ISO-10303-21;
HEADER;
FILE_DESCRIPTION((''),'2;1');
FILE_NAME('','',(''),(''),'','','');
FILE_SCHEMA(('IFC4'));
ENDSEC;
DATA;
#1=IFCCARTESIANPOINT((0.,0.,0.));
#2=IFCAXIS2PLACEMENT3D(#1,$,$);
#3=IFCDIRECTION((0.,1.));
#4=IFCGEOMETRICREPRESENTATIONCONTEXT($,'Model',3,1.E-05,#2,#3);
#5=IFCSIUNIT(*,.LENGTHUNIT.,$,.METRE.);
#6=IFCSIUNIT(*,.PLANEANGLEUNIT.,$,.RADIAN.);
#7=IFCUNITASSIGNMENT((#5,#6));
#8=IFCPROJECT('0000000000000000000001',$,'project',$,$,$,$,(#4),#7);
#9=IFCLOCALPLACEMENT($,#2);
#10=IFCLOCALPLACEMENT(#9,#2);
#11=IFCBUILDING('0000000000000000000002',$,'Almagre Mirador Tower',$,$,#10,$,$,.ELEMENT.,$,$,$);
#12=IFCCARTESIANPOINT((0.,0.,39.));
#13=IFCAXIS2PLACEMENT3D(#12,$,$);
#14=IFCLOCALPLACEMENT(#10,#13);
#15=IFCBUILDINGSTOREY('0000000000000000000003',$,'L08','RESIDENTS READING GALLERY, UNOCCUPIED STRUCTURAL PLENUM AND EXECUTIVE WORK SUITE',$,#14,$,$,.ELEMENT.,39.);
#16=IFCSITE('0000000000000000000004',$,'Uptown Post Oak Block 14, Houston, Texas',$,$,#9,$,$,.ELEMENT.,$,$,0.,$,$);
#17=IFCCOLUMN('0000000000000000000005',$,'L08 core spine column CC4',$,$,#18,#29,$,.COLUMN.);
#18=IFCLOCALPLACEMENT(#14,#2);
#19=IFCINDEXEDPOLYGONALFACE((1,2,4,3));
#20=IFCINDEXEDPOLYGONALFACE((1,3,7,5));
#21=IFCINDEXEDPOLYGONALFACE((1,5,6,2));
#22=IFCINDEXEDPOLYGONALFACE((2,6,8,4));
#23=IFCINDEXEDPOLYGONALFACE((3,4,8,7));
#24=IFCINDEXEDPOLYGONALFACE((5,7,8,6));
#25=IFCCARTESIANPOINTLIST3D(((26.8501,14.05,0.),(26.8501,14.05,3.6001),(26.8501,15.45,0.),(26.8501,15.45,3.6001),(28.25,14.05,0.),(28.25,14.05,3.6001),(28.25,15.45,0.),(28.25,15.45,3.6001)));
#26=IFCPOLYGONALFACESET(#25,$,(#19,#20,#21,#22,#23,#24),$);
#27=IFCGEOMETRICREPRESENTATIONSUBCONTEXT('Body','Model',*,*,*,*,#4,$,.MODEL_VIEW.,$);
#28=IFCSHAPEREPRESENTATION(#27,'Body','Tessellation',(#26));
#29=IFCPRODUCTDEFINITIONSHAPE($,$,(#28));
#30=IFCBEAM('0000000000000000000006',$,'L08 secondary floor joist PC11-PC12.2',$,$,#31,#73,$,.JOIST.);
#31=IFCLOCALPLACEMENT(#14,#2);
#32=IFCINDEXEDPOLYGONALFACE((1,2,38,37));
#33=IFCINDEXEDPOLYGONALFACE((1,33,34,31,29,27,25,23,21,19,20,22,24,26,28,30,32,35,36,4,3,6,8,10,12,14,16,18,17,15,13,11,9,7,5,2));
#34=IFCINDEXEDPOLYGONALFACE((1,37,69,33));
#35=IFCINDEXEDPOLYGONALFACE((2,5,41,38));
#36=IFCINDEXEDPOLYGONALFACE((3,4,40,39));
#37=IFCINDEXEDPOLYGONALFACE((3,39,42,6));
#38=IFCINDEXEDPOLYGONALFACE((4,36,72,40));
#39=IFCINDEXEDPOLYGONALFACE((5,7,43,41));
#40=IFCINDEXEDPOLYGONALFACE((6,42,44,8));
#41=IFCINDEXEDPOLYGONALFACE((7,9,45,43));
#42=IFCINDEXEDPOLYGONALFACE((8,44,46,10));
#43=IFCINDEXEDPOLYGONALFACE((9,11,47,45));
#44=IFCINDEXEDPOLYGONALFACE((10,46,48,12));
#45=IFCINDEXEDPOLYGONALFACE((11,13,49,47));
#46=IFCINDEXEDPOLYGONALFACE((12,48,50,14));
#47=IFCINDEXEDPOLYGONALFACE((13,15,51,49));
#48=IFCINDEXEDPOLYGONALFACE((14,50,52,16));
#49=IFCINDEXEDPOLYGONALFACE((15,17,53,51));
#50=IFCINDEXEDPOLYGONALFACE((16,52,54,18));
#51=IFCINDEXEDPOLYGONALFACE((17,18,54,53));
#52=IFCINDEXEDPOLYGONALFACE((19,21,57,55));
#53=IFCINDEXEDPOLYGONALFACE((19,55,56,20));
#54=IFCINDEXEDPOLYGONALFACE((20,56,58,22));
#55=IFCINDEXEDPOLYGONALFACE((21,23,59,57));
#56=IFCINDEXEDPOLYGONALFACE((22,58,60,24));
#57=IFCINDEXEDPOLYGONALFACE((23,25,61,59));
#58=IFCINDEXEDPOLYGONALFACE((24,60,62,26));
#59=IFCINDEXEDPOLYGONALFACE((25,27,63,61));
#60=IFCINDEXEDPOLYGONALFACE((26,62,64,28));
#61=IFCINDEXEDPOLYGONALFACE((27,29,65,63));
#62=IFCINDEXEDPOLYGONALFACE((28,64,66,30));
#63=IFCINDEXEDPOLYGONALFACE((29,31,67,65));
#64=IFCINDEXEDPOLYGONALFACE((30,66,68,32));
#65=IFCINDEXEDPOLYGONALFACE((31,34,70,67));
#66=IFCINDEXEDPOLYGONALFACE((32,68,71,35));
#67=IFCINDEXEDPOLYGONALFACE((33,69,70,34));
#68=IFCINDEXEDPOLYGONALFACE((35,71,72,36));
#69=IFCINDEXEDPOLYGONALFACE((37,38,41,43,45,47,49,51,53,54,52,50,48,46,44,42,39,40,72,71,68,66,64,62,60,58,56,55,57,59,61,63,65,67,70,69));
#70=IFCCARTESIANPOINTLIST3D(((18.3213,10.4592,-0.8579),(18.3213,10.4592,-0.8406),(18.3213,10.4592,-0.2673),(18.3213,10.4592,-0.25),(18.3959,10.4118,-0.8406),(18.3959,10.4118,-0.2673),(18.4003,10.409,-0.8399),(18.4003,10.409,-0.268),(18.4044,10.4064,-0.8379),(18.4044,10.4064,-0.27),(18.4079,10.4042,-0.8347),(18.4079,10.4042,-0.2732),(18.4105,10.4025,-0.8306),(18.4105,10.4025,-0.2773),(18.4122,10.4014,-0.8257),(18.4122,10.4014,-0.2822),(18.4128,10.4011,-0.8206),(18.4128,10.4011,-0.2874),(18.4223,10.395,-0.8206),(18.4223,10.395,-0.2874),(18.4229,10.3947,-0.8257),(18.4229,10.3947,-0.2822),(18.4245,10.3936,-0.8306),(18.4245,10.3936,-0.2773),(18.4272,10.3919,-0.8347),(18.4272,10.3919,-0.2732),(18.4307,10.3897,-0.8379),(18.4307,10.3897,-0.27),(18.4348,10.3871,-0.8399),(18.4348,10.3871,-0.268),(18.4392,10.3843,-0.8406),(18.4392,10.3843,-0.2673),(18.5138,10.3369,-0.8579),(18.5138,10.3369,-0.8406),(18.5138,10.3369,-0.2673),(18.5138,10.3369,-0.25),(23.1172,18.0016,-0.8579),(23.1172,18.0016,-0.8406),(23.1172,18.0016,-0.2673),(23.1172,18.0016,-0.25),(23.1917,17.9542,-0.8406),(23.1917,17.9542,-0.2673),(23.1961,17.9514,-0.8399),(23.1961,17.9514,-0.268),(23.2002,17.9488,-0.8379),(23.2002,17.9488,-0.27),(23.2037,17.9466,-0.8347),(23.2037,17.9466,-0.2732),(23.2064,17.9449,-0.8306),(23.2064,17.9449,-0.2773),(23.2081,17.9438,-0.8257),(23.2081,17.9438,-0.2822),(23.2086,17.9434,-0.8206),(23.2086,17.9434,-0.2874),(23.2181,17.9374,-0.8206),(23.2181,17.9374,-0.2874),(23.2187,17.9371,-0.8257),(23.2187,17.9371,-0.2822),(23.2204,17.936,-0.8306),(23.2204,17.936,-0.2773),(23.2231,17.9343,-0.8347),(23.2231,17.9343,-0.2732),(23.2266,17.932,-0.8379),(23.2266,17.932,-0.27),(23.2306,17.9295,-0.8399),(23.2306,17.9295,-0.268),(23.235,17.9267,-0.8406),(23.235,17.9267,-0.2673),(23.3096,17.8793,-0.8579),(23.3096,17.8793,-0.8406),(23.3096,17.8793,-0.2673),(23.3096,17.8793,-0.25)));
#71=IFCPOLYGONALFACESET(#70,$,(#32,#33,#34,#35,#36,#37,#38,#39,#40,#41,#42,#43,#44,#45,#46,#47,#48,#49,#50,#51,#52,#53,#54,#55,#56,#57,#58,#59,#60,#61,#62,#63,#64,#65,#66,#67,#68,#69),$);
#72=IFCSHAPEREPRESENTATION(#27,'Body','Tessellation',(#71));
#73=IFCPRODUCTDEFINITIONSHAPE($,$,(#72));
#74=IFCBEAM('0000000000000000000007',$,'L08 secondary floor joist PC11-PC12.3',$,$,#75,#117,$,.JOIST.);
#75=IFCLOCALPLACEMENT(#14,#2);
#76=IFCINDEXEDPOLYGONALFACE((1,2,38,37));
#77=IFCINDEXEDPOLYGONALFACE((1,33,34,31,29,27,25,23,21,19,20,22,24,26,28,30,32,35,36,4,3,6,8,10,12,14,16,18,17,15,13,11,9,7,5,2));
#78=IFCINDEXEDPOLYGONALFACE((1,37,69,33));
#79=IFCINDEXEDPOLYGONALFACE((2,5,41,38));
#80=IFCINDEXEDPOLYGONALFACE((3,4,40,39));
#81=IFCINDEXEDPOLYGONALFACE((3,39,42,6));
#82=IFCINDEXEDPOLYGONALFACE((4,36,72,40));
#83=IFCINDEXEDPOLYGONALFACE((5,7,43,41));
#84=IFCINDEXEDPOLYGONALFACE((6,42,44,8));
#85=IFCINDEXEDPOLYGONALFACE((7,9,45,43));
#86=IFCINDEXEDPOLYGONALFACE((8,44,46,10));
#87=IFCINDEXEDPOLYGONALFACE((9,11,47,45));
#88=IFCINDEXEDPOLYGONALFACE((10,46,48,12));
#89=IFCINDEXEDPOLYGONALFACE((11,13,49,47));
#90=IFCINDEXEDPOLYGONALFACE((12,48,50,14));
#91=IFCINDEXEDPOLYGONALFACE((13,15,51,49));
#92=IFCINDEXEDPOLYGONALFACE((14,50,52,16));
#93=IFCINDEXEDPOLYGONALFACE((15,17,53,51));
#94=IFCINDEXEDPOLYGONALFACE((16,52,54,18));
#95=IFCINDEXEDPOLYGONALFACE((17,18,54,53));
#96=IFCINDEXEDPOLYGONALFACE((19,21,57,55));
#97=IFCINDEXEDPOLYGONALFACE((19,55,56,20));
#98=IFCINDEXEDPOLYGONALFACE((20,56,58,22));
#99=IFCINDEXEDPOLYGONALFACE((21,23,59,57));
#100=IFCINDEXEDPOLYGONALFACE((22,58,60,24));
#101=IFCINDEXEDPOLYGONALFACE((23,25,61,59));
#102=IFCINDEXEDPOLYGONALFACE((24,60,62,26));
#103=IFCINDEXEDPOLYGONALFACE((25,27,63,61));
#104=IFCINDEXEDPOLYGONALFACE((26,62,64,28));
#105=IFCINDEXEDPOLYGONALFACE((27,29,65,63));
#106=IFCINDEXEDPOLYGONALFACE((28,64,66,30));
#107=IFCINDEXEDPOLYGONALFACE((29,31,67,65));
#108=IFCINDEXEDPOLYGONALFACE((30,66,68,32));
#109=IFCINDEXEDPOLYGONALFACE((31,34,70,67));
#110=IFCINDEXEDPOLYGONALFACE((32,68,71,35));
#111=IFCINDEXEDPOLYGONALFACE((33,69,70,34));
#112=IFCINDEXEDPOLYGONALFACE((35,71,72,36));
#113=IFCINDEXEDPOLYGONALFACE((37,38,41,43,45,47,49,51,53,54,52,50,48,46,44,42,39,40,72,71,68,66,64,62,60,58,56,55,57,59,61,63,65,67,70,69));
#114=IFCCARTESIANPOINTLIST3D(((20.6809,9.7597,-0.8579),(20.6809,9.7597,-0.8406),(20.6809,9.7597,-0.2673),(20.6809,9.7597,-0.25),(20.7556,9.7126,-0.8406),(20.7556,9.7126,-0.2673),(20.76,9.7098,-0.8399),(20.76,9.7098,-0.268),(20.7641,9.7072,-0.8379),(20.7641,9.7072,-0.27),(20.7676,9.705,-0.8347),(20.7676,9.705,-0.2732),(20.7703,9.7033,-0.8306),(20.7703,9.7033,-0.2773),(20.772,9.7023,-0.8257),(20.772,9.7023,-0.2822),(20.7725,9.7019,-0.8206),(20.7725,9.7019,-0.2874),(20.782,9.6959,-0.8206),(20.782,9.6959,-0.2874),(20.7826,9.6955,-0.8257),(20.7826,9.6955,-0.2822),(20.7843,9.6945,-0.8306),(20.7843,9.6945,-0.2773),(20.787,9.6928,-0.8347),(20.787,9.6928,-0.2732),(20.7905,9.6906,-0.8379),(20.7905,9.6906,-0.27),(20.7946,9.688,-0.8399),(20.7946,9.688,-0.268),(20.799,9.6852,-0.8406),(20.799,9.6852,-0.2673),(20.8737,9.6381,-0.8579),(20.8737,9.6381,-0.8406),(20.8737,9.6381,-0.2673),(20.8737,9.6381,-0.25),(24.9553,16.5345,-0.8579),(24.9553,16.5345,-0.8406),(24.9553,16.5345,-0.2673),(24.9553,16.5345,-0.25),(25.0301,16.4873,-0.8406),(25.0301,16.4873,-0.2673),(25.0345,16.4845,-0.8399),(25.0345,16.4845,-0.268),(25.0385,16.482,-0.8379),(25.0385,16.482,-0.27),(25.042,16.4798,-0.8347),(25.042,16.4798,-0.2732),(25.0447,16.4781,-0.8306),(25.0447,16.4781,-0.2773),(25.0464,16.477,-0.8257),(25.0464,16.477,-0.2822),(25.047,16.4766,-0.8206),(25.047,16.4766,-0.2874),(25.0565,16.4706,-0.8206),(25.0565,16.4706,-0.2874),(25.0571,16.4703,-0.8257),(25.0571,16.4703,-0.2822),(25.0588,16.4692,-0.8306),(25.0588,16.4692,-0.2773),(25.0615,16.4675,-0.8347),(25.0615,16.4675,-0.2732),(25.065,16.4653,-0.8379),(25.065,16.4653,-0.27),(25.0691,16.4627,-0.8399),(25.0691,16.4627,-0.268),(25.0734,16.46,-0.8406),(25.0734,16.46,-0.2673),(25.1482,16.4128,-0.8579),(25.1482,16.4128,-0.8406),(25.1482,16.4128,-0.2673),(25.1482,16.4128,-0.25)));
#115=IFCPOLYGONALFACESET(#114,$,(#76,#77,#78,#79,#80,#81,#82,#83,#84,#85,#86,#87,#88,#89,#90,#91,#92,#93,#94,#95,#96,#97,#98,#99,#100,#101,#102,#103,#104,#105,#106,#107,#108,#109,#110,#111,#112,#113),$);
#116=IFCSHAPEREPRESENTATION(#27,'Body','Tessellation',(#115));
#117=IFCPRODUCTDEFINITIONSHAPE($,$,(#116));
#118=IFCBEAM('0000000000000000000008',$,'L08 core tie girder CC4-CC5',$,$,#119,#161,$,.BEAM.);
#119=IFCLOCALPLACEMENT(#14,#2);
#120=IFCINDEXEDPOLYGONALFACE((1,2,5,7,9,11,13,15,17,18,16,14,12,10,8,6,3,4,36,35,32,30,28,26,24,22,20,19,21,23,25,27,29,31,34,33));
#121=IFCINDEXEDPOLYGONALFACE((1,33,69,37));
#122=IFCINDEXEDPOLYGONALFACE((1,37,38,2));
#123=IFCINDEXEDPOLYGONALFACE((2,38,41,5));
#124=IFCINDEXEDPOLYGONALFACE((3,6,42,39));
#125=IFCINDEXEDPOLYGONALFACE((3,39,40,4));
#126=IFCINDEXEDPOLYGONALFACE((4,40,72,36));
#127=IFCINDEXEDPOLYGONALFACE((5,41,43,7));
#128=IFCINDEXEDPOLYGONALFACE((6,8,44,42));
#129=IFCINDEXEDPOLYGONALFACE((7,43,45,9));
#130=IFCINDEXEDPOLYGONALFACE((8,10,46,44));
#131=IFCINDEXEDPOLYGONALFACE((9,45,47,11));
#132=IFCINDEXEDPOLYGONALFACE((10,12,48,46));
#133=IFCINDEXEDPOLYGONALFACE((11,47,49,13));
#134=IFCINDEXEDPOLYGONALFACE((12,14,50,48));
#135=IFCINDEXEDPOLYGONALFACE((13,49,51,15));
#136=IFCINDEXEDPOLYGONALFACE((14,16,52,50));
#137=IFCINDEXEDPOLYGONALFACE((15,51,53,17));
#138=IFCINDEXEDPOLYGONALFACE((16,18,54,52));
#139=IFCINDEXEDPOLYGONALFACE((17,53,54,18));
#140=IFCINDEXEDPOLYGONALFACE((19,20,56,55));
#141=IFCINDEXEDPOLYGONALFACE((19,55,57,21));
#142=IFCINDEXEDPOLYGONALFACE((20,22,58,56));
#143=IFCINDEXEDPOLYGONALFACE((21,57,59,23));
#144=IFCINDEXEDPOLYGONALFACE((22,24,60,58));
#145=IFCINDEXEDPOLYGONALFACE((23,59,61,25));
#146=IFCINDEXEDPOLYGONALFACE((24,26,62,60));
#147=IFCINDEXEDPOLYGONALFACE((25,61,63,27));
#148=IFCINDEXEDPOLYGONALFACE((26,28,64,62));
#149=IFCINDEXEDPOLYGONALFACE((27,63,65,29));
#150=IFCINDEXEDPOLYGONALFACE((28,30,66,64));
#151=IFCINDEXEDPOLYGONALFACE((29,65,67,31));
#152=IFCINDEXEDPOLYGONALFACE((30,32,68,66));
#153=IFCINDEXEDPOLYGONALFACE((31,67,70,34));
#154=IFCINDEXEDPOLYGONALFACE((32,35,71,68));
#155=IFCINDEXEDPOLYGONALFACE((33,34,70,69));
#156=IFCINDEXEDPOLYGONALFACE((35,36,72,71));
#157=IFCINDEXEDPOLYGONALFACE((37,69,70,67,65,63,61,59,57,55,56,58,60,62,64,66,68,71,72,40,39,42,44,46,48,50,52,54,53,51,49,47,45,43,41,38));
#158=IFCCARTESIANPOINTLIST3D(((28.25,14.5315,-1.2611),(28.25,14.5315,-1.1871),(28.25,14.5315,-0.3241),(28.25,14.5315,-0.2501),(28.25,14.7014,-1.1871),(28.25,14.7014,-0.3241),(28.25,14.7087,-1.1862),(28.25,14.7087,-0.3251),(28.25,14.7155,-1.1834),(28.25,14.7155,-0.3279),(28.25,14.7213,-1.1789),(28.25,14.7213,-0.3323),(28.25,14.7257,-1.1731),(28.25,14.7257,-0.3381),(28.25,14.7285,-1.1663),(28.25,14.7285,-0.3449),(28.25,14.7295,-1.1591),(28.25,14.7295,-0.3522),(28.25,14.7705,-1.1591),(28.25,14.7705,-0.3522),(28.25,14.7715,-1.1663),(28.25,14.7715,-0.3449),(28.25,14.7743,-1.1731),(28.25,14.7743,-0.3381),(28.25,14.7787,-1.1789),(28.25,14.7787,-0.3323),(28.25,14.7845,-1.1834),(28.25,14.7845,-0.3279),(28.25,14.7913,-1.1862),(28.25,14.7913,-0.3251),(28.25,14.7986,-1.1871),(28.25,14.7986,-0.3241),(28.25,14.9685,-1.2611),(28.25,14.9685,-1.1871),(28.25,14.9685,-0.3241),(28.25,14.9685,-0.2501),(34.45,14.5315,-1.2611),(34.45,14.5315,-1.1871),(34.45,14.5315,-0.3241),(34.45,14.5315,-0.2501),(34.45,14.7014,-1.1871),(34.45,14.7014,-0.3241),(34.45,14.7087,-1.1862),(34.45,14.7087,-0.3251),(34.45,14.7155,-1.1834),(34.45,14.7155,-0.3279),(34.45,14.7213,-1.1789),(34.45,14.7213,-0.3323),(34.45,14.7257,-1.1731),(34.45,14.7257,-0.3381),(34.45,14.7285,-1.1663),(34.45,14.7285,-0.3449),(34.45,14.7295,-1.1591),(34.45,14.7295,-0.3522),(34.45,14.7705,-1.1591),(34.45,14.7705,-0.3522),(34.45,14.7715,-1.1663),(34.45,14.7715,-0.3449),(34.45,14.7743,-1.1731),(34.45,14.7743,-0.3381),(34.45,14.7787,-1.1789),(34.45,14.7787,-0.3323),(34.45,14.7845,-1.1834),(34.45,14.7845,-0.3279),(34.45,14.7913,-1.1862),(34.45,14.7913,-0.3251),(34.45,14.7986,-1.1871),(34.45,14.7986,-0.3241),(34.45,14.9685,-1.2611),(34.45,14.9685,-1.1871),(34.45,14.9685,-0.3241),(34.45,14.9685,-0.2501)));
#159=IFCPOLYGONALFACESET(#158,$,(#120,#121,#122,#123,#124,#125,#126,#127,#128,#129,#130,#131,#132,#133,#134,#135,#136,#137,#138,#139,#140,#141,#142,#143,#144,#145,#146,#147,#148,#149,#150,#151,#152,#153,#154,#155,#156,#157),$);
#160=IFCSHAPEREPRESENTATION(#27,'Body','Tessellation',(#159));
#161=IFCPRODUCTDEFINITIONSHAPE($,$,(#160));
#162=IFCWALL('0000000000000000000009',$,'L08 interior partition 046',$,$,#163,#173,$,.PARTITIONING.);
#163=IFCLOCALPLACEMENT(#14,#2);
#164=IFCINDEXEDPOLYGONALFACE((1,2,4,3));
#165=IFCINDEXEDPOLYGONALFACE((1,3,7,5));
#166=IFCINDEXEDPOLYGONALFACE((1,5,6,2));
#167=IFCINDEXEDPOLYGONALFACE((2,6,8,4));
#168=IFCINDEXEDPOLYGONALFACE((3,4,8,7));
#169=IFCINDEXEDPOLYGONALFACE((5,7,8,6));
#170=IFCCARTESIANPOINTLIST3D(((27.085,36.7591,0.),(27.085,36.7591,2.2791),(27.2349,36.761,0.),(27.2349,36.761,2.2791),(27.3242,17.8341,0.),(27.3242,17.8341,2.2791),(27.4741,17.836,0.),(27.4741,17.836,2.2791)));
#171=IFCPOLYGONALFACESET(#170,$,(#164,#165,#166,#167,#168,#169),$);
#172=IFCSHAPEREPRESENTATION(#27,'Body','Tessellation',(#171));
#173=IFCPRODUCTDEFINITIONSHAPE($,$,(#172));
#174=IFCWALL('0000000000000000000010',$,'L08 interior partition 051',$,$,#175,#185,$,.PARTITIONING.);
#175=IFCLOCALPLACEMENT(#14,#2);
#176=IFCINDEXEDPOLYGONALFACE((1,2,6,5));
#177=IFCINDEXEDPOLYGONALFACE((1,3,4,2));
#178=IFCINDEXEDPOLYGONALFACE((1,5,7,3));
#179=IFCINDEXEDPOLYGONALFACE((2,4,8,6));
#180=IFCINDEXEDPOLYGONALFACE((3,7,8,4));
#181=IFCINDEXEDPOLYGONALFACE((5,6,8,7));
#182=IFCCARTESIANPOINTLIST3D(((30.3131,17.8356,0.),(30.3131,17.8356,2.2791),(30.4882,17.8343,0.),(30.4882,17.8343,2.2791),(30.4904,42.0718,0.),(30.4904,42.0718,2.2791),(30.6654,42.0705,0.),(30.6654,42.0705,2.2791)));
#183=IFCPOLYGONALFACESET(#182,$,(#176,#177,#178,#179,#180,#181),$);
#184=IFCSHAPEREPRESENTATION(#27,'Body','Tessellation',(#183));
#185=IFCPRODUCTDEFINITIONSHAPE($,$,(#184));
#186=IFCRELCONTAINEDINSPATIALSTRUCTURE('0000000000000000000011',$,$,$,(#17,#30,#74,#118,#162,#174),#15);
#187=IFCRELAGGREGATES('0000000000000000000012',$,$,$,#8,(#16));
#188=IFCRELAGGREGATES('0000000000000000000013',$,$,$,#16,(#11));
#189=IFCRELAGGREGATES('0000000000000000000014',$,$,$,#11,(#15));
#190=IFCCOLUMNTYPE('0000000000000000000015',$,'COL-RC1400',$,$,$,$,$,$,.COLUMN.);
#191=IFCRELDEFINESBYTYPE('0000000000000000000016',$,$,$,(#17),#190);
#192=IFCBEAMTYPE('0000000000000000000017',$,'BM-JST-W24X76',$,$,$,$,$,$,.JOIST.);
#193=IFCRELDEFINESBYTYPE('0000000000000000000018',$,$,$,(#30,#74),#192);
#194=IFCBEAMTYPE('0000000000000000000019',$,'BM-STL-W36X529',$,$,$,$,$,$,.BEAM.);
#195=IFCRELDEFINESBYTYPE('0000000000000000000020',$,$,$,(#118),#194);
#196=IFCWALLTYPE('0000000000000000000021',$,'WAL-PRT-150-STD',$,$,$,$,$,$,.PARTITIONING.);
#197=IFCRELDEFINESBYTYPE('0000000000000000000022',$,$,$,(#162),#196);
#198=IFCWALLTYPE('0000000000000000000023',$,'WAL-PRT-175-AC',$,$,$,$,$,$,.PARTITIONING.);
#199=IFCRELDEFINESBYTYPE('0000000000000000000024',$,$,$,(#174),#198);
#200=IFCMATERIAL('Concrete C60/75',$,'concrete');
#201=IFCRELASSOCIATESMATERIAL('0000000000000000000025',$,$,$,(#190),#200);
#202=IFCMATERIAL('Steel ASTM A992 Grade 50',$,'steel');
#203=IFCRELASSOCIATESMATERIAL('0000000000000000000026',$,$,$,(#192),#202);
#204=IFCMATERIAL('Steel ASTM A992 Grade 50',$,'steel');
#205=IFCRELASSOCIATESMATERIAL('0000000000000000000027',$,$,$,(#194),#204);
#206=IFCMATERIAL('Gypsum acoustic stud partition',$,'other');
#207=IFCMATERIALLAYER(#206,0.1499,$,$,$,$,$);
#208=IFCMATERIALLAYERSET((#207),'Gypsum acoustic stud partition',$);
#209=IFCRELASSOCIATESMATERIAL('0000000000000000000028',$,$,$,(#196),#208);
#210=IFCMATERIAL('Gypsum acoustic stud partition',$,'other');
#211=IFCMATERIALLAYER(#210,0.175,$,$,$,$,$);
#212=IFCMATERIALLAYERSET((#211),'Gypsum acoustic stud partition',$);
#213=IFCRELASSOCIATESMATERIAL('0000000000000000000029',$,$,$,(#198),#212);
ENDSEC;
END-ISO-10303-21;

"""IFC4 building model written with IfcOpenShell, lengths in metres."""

from ifc_helpers import new_model, si_unit, direction, frame, frame_2d, origin, origin_2d, place, context, subcontext, project, spatial, rectangle, i_section, extrude, material, layer, layer_set, material_profile, profile_set, type_object, element, save


model = new_model("IFC4")

# Units and contexts
model_context = context("Model", 3, precision=1e-05, world=origin(), true_north=direction((0.0, 1.0)))
body_context = subcontext(model_context, "Body", "Model", "MODEL_VIEW")
ifc_project = project(units=[si_unit("LENGTHUNIT", "METRE"), si_unit("PLANEANGLEUNIT", "RADIAN")], contexts=[model_context])

# Site, building, storey
site_placement = place(None, origin())
site = spatial("IfcSite", under=ifc_project, at=site_placement, Name="Uptown Post Oak Block 14, Houston, Texas", CompositionType="ELEMENT", RefElevation=0.0)
building_placement = place(site_placement, origin())
building = spatial("IfcBuilding", under=site, at=building_placement, Name="Almagre Mirador Tower", CompositionType="ELEMENT")
storey_placement = place(building_placement, frame((0.0, 0.0, 39.0)))
storey = spatial("IfcBuildingStorey", under=building, at=storey_placement, Name="L08", Description="RESIDENTS READING GALLERY, UNOCCUPIED STRUCTURAL PLENUM AND EXECUTIVE WORK SUITE", CompositionType="ELEMENT", Elevation=39.0)

# Column
ifc_material_1 = material(Name="Concrete C60/75", Category="concrete")
ifc_material_profile_1 = material_profile(ifc_material_1, rectangle(XDim=1.3999, YDim=1.3999, at=origin_2d()), Name="RC1400X1400")
ifc_profile_set_1 = profile_set([ifc_material_profile_1], Name="Concrete C60/75")
column_type = type_object("IfcColumnType", Name="COL-RC1400", PredefinedType="COLUMN", material=ifc_profile_set_1)
column_placement = place(storey_placement, frame((27.55, 14.75, 0.0), z_axis=(0.0, 0.0, 1.0), x_axis=(1.0, 0.0, 0.0)))
element("IfcColumn", 1, at=column_placement, inside=storey, type_object=column_type, Name="L08 core spine column CC4", PredefinedType="COLUMN", context=body_context, shape_type="SweptSolid", body=[
    extrude(rectangle(XDim=1.3999, YDim=1.3999, at=origin_2d()), origin(), (0.0, 0.0, 1.0), 3.6001),
])

# Beams
ifc_material_2 = material(Name="Steel ASTM A992 Grade 50", Category="steel")
ifc_material_profile_2 = material_profile(ifc_material_2, i_section(OverallWidth=0.228, OverallDepth=0.6079, WebThickness=0.0112, FlangeThickness=0.0173, FilletRadius=0.02, at=origin_2d()), Name="W24X76")
ifc_profile_set_2 = profile_set([ifc_material_profile_2], Name="Steel ASTM A992 Grade 50")
beam_type_1 = type_object("IfcBeamType", Name="BM-JST-W24X76", PredefinedType="JOIST", material=ifc_profile_set_2)
beam_1_placement = place(storey_placement, frame((23.2134, 17.9404, -0.554), z_axis=(-0.536568, -0.843857, 0.0), x_axis=(0.843857, -0.536568, 0.0)))
element("IfcBeam", 2, at=beam_1_placement, inside=storey, type_object=beam_type_1, Name="L08 secondary floor joist PC11-PC12.2", PredefinedType="JOIST", context=body_context, shape_type="SweptSolid", body=[
    extrude(i_section(OverallWidth=0.228, OverallDepth=0.6079, WebThickness=0.0112, FlangeThickness=0.0173, FilletRadius=0.02, at=origin_2d()), origin(), (0.0, 0.0, 1.0), 8.938),
])
beam_2_placement = place(storey_placement, frame((25.0518, 16.4736, -0.554), z_axis=(-0.533608, -0.845732, 0.0), x_axis=(0.845732, -0.533608, 0.0)))
element("IfcBeam", 3, at=beam_2_placement, inside=storey, type_object=beam_type_1, Name="L08 secondary floor joist PC11-PC12.3", PredefinedType="JOIST", context=body_context, shape_type="SweptSolid", body=[
    extrude(i_section(OverallWidth=0.228, OverallDepth=0.6079, WebThickness=0.0112, FlangeThickness=0.0173, FilletRadius=0.02, at=origin_2d()), origin(), (0.0, 0.0, 1.0), 8.0105),
])
ifc_material_3 = material(Name="Steel ASTM A992 Grade 50", Category="steel")
ifc_material_profile_3 = material_profile(ifc_material_3, i_section(OverallWidth=0.437, OverallDepth=1.011, WebThickness=0.041, FlangeThickness=0.074, FilletRadius=0.0281, at=origin_2d()), Name="W36X529")
ifc_profile_set_3 = profile_set([ifc_material_profile_3], Name="Steel ASTM A992 Grade 50")
beam_type_2 = type_object("IfcBeamType", Name="BM-STL-W36X529", PredefinedType="BEAM", material=ifc_profile_set_3)
beam_3_placement = place(storey_placement, frame((28.25, 14.75, -0.7556), z_axis=(1.0, 0.0, 0.0), x_axis=(0.0, 1.0, 0.0)))
element("IfcBeam", 4, at=beam_3_placement, inside=storey, type_object=beam_type_2, Name="L08 core tie girder CC4-CC5", PredefinedType="BEAM", context=body_context, shape_type="SweptSolid", body=[
    extrude(i_section(OverallWidth=0.437, OverallDepth=1.011, WebThickness=0.041, FlangeThickness=0.074, FilletRadius=0.0281, at=origin_2d()), origin(), (0.0, 0.0, 1.0), 6.2),
])

# Walls
ifc_material_4 = material(Name="Gypsum acoustic stud partition", Category="other")
ifc_layer_1 = layer(ifc_material_4, 0.1499)
ifc_layer_set_1 = layer_set([ifc_layer_1], Name="Gypsum acoustic stud partition")
wall_type_1 = type_object("IfcWallType", Name="WAL-PRT-150-STD", PredefinedType="PARTITIONING", material=ifc_layer_set_1)
wall_1_placement = place(storey_placement, frame((27.3992, 17.835, 0.0), z_axis=(0.0, 0.0, 1.0), x_axis=(-0.012641, 0.99992, 0.0)))
element("IfcWall", 5, at=wall_1_placement, inside=storey, type_object=wall_type_1, Name="L08 interior partition 046", PredefinedType="PARTITIONING", context=body_context, shape_type="SweptSolid", body=[
    extrude(rectangle(XDim=18.9265, YDim=0.1499, at=frame_2d((9.4634, 0.0))), origin(), (0.0, 0.0, 1.0), 2.2791),
])
ifc_material_5 = material(Name="Gypsum acoustic stud partition", Category="other")
ifc_layer_2 = layer(ifc_material_5, 0.175)
ifc_layer_set_2 = layer_set([ifc_layer_2], Name="Gypsum acoustic stud partition")
wall_type_2 = type_object("IfcWallType", Name="WAL-PRT-175-AC", PredefinedType="PARTITIONING", material=ifc_layer_set_2)
wall_2_placement = place(storey_placement, frame((30.4006, 17.835, 0.0), z_axis=(0.0, 0.0, 1.0), x_axis=(0.007313, 0.999973, 0.0)))
element("IfcWall", 6, at=wall_2_placement, inside=storey, type_object=wall_type_2, Name="L08 interior partition 051", PredefinedType="PARTITIONING", context=body_context, shape_type="SweptSolid", body=[
    extrude(rectangle(XDim=24.2368, YDim=0.175, at=frame_2d((12.1184, 0.0))), origin(), (0.0, 0.0, 1.0), 2.2791),
])

save(model, "model.ifc")
